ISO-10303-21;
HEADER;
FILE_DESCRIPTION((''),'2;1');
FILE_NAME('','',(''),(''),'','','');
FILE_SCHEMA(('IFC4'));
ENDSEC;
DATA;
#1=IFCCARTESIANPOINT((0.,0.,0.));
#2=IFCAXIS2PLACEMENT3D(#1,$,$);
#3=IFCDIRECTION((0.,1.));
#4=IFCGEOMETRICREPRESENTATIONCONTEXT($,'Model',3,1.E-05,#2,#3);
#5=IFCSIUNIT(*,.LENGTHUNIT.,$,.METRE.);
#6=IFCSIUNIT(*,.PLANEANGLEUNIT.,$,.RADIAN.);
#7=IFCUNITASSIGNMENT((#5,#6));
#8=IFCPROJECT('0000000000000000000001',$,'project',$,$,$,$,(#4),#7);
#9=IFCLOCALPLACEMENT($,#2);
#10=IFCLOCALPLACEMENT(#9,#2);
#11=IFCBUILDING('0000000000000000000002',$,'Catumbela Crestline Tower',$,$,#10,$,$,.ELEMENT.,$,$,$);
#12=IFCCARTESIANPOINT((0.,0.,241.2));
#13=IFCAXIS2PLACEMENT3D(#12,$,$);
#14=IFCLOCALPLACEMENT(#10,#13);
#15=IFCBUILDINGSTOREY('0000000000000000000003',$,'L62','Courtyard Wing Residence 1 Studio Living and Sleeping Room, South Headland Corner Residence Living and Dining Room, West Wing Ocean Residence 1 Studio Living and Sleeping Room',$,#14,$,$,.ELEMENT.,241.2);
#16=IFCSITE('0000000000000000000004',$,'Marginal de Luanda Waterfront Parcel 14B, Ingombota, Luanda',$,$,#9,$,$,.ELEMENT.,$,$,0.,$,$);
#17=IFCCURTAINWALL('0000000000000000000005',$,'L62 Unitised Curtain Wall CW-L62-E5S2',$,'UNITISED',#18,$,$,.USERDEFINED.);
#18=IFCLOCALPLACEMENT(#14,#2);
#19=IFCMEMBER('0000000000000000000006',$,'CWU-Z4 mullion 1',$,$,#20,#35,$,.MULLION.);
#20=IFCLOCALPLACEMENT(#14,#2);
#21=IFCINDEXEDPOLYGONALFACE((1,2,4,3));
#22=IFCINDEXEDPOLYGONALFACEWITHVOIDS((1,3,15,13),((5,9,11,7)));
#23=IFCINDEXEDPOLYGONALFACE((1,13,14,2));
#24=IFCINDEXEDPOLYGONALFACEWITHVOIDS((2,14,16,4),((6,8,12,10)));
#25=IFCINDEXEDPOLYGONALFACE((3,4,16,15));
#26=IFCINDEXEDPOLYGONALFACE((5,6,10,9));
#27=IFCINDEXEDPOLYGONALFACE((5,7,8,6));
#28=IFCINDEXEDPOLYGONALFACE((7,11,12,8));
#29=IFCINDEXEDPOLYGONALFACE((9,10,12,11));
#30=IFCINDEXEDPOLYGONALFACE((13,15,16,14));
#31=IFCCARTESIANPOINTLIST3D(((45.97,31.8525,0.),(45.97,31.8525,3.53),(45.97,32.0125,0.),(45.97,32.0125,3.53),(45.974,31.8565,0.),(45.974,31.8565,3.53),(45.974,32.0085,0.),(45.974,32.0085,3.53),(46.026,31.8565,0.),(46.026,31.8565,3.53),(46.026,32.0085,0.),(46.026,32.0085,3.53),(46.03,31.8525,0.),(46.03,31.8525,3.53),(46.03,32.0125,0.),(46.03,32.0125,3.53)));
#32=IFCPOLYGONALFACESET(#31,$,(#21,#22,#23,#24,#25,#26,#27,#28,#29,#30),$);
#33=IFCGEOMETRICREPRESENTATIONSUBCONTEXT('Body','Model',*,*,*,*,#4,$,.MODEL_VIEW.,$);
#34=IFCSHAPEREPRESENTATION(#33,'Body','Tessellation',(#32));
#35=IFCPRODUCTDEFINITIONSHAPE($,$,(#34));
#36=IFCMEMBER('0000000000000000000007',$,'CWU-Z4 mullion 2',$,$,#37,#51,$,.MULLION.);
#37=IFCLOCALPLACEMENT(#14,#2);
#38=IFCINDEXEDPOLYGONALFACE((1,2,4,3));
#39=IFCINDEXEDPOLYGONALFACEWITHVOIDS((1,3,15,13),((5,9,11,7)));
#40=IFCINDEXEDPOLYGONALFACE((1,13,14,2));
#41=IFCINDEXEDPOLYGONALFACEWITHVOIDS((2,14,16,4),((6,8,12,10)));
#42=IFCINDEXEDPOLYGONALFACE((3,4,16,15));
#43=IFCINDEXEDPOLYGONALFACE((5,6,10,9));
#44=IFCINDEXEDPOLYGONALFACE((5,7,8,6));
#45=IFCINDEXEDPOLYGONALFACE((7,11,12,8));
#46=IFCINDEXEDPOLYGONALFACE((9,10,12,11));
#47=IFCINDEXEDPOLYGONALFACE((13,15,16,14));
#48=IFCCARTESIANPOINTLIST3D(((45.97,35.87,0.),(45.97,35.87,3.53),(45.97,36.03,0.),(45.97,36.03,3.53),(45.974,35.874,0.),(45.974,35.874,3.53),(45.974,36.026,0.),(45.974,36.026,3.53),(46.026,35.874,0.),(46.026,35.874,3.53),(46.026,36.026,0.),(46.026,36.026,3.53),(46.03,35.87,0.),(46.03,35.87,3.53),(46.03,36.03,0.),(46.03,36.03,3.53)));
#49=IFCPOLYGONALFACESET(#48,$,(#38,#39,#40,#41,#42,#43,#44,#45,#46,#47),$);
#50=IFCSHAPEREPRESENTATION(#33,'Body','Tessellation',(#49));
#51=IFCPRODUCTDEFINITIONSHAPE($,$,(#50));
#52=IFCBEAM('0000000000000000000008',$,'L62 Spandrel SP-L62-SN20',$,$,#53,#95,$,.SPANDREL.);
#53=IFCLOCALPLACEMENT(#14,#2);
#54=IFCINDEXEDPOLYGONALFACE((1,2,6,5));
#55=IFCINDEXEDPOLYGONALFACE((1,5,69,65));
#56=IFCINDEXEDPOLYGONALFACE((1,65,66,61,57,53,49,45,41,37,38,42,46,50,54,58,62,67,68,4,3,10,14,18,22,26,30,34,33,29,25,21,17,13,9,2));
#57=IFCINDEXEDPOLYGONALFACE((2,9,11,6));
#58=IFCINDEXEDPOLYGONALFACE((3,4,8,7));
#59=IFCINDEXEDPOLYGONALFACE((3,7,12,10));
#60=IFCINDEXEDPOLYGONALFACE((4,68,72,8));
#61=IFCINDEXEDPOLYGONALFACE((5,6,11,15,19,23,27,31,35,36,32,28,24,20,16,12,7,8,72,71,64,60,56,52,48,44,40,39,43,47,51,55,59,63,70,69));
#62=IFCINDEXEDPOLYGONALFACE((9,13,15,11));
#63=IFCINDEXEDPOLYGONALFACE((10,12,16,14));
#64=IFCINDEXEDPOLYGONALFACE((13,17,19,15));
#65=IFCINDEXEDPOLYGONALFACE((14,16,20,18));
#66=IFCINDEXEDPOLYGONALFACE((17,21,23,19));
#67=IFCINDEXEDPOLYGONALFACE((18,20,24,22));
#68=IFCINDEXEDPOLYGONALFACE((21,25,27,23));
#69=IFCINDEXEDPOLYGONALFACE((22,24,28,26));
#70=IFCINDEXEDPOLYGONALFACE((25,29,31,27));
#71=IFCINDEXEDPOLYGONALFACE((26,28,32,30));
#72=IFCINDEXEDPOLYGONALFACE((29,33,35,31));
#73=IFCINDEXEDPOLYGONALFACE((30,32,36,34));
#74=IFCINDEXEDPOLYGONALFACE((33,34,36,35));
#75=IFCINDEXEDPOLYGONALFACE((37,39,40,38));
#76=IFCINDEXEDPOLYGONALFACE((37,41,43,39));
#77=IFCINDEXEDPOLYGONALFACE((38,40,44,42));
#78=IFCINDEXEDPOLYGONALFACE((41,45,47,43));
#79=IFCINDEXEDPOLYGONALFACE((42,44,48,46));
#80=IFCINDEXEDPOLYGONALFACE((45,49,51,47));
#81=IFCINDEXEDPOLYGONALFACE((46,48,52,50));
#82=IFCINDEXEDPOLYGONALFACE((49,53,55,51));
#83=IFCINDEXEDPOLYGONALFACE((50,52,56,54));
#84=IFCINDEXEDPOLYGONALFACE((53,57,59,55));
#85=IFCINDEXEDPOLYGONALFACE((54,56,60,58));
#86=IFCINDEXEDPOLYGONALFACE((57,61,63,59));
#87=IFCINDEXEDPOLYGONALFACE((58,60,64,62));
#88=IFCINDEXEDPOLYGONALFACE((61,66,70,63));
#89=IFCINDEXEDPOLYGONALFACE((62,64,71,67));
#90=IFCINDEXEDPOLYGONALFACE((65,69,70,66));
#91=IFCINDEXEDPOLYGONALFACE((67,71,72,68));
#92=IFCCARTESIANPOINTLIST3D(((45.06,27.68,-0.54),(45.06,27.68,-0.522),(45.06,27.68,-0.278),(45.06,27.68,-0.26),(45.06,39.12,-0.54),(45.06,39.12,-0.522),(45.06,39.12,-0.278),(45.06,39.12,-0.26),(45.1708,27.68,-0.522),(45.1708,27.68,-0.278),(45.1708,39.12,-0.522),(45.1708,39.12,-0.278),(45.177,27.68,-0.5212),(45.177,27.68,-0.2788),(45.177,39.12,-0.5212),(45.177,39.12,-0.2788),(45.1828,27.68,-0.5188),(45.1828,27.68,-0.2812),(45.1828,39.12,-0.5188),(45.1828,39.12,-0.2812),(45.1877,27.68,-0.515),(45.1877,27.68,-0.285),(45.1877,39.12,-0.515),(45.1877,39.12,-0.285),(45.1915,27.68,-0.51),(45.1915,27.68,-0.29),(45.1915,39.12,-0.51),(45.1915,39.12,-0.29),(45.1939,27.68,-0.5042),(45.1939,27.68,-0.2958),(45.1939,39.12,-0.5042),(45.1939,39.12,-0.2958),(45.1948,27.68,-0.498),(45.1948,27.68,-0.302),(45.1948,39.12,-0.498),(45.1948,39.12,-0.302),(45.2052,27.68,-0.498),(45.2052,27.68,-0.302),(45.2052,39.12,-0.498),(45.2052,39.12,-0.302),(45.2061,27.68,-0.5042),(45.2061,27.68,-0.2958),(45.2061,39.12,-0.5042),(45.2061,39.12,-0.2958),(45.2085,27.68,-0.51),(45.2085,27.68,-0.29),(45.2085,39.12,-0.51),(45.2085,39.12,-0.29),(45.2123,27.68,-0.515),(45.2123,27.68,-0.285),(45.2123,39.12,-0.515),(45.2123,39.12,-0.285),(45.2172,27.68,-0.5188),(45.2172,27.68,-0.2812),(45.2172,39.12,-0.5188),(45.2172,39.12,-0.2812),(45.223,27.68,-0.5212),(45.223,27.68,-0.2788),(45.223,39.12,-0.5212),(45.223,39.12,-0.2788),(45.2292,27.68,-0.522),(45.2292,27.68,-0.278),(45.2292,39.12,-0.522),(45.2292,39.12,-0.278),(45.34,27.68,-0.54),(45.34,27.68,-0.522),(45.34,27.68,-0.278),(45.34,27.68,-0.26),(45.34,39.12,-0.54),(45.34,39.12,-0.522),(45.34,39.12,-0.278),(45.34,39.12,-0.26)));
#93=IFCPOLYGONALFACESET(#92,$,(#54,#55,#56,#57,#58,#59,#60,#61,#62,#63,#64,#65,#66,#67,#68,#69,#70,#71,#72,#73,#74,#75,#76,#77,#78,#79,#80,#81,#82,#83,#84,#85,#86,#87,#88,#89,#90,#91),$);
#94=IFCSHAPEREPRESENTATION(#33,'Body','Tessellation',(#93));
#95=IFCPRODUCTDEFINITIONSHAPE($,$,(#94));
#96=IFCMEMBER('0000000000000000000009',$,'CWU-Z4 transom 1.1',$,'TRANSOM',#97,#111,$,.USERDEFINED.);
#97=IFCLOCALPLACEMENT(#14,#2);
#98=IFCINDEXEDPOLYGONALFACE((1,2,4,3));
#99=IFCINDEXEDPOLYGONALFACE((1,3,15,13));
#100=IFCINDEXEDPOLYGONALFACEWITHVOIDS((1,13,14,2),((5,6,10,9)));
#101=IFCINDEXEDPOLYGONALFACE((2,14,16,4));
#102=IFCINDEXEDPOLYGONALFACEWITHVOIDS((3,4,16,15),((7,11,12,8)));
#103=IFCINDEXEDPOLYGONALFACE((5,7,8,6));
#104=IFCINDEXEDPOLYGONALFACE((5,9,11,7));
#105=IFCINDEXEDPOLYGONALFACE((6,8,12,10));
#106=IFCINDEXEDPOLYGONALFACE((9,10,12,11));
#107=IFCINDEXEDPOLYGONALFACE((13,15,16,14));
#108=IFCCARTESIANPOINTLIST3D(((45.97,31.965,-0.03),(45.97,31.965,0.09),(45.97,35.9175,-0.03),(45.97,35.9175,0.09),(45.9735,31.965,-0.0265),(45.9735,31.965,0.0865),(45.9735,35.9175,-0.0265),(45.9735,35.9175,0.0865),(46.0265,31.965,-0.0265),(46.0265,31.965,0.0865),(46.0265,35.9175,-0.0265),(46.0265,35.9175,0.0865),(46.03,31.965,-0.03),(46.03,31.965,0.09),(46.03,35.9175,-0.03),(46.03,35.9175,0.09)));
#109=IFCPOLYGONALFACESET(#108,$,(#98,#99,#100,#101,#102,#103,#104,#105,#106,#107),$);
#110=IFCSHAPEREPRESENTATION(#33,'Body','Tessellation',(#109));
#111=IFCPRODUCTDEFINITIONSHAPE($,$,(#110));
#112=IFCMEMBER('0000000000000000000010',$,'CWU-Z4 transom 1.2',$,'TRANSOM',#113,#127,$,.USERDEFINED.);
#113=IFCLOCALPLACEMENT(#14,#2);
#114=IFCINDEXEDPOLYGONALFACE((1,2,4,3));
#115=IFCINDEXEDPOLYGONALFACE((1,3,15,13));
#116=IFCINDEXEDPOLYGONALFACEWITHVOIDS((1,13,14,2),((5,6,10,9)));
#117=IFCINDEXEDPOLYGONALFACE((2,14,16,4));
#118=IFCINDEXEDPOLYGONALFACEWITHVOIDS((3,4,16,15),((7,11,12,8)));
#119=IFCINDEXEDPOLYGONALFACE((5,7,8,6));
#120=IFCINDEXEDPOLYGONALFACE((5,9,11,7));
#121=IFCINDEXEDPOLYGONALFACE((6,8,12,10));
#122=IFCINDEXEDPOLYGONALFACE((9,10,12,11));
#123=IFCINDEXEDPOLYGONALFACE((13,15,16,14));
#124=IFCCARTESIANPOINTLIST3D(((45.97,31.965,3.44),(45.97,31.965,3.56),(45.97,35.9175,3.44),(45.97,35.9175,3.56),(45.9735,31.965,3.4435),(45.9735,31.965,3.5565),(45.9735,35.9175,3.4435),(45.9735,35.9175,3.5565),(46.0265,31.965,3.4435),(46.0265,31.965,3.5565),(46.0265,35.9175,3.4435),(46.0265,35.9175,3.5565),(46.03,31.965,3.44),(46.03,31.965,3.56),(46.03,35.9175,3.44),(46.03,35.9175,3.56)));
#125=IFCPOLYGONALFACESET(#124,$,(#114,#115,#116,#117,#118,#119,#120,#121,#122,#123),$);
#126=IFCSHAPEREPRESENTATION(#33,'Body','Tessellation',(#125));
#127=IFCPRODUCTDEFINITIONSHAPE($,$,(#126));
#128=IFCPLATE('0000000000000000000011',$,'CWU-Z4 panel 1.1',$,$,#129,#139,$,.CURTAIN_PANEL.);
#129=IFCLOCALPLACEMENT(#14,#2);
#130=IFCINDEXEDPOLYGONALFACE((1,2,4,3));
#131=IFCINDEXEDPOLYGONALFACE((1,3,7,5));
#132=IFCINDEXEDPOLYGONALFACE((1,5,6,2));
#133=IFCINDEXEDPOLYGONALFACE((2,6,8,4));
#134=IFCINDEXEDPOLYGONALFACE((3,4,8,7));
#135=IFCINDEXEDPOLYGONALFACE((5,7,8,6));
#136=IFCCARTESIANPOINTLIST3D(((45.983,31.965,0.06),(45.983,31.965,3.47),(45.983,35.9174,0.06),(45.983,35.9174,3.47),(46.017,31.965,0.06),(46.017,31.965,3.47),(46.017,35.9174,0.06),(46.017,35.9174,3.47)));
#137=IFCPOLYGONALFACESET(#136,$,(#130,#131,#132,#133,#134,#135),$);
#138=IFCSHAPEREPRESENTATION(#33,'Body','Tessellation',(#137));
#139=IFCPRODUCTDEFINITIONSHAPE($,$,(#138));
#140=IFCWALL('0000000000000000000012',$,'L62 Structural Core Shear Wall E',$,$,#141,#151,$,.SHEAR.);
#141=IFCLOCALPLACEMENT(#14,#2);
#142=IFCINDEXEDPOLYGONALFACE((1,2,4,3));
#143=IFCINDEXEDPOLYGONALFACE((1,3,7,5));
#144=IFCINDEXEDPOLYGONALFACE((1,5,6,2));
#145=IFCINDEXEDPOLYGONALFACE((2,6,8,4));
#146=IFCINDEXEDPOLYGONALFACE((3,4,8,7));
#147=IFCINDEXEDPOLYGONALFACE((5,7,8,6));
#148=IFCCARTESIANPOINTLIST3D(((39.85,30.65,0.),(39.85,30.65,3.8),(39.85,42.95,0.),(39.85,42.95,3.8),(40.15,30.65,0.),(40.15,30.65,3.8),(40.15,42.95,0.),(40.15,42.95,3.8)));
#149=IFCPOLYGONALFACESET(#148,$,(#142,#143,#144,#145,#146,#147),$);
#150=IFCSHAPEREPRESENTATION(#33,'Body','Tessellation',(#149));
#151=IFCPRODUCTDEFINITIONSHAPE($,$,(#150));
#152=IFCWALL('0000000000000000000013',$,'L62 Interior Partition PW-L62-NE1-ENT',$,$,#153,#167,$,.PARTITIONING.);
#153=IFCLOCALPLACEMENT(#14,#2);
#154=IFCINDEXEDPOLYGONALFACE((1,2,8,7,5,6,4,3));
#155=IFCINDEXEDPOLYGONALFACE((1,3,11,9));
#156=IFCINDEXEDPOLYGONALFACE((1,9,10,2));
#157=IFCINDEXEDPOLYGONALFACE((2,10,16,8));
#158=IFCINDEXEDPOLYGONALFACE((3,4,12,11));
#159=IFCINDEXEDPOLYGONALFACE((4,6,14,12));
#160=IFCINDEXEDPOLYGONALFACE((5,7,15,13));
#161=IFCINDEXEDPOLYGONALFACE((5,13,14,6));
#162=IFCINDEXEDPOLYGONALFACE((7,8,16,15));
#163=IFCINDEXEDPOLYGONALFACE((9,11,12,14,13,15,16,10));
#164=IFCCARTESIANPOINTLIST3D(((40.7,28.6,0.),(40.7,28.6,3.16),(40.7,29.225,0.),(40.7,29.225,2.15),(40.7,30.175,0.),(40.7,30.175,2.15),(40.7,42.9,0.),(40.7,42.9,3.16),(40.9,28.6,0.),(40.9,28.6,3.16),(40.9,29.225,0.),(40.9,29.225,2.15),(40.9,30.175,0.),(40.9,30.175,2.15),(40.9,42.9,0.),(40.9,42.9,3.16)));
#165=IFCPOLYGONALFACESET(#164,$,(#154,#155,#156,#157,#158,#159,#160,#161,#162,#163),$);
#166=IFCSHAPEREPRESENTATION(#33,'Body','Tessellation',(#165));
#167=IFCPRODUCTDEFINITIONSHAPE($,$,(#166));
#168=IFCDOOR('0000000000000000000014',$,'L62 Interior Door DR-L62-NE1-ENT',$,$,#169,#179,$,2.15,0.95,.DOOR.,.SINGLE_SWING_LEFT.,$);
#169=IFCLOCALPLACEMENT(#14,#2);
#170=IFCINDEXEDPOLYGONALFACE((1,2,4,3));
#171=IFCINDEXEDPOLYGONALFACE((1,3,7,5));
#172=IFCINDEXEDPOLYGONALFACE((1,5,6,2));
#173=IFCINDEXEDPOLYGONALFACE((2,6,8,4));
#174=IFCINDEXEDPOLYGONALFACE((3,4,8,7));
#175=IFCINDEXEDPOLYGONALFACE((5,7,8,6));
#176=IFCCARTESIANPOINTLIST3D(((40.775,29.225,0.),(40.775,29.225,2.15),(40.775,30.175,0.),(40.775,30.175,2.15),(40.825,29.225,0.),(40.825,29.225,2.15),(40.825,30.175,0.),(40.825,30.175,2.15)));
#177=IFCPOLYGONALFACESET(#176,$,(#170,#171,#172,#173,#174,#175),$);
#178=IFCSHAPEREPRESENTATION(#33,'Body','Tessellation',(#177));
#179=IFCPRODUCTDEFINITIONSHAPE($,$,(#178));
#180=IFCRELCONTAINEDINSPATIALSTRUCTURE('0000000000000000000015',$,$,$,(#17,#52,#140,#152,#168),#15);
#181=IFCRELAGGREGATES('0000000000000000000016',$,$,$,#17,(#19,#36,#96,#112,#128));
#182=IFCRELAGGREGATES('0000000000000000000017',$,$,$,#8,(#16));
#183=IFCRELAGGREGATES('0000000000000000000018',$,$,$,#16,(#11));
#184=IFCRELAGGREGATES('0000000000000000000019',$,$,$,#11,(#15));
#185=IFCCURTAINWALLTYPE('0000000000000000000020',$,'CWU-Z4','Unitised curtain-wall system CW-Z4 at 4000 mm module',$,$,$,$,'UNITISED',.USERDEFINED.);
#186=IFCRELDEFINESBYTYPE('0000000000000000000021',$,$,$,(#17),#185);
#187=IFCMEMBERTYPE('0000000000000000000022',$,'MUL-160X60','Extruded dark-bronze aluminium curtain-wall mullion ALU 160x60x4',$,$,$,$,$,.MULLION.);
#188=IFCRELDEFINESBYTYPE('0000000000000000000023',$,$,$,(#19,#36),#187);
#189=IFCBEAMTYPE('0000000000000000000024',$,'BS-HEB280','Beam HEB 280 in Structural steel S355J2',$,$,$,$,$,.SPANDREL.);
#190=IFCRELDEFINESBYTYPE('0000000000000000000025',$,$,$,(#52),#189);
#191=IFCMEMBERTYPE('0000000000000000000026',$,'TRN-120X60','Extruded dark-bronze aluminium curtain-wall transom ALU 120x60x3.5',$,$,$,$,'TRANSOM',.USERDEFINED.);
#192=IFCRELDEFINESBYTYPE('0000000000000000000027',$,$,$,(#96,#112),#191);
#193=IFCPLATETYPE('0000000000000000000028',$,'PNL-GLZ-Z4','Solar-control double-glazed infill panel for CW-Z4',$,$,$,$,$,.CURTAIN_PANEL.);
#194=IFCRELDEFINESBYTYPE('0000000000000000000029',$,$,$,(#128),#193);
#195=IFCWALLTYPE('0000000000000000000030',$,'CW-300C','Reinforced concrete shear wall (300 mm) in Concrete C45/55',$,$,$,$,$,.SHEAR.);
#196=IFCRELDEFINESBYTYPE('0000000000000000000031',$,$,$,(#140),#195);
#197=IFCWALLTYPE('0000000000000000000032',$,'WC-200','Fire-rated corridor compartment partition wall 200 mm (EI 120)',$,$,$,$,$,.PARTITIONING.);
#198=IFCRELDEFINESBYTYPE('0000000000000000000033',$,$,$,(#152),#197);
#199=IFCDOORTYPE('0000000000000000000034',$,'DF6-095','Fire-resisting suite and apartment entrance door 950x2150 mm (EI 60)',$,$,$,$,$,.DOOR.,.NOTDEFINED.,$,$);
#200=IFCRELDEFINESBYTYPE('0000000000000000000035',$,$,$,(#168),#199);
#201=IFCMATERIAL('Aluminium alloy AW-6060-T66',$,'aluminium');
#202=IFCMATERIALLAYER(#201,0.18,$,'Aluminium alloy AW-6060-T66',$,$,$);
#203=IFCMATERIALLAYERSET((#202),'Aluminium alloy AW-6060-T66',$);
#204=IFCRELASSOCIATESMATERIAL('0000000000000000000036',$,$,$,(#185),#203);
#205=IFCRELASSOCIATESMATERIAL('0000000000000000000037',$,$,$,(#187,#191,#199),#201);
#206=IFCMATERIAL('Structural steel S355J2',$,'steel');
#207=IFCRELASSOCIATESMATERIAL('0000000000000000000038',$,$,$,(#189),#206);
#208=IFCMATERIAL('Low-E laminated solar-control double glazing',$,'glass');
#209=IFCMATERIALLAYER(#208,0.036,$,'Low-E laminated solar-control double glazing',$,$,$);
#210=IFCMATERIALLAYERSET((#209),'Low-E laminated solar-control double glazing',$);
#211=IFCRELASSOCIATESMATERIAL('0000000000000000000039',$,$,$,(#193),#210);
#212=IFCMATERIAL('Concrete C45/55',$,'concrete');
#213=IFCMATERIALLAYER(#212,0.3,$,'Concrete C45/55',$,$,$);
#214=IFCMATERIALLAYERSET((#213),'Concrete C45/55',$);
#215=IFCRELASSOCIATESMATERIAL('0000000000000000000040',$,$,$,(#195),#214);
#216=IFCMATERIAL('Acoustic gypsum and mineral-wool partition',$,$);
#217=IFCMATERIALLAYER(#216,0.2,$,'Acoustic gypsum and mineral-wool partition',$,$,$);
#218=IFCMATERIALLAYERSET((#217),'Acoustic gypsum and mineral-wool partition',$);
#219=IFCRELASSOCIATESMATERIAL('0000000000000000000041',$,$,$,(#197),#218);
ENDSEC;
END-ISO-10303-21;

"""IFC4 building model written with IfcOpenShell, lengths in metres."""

from ifc_helpers import new_model, si_unit, direction, frame, frame_2d, origin, origin_2d, place, context, subcontext, project, spatial, rectangle, hollow_rectangle, i_section, extrude, material, layer, layer_set, material_profile, profile_set, type_object, element, fill, aggregate, save


model = new_model("IFC4")

# Units and contexts
model_context = context("Model", 3, precision=1e-05, world=origin(), true_north=direction((0.0, 1.0)))
body_context = subcontext(model_context, "Body", "Model", "MODEL_VIEW")
ifc_project = project(units=[si_unit("LENGTHUNIT", "METRE"), si_unit("PLANEANGLEUNIT", "RADIAN")], contexts=[model_context])

# Site, building, storey
site_placement = place(None, origin())
site = spatial("IfcSite", under=ifc_project, at=site_placement, Name="Marginal de Luanda Waterfront Parcel 14B, Ingombota, Luanda", CompositionType="ELEMENT", RefElevation=0.0)
building_placement = place(site_placement, origin())
building = spatial("IfcBuilding", under=site, at=building_placement, Name="Catumbela Crestline Tower", CompositionType="ELEMENT")
storey_placement = place(building_placement, frame((0.0, 0.0, 241.2)))
storey = spatial("IfcBuildingStorey", under=building, at=storey_placement, Name="L62", Description="Courtyard Wing Residence 1 Studio Living and Sleeping Room, South Headland Corner Residence Living and Dining Room, West Wing Ocean Residence 1 Studio Living and Sleeping Room", CompositionType="ELEMENT", Elevation=241.2)

# Shared definitions
ifc_material_1 = material(Name="Structural steel S355J2", Category="steel")

# Curtain wall, members
ifc_material_2 = material(Name="Aluminium alloy AW-6060-T66", Category="aluminium")
ifc_layer_1 = layer(ifc_material_2, 0.18, Name="Aluminium alloy AW-6060-T66")
ifc_layer_set_1 = layer_set([ifc_layer_1], Name="Aluminium alloy AW-6060-T66")
curtain_wall_type = type_object("IfcCurtainWallType", Name="CWU-Z4", Description="Unitised curtain-wall system CW-Z4 at 4000 mm module", ElementType="UNITISED", PredefinedType="USERDEFINED", material=ifc_layer_set_1)
curtain_wall_placement = place(storey_placement, origin())
curtain_wall = element("IfcCurtainWall", 1, at=curtain_wall_placement, inside=storey, type_object=curtain_wall_type, Name="L62 Unitised Curtain Wall CW-L62-E5S2", ObjectType="UNITISED", PredefinedType="USERDEFINED")
ifc_material_profile_1 = material_profile(ifc_material_2, hollow_rectangle(XDim=0.06, YDim=0.16, WallThickness=0.004, at=origin_2d()), Name="ALU 160x60x4")
ifc_profile_set_1 = profile_set([ifc_material_profile_1], Name="Aluminium alloy AW-6060-T66")
member_type_1 = type_object("IfcMemberType", Name="MUL-160X60", Description="Extruded dark-bronze aluminium curtain-wall mullion ALU 160x60x4", PredefinedType="MULLION", material=ifc_profile_set_1)
member_1_placement = place(storey_placement, frame((46.0, 31.9325, 0.0), z_axis=(0.0, 0.0, 1.0), x_axis=(-1.0, 0.0, 0.0)))
member_1 = element("IfcMember", 2, at=member_1_placement, type_object=member_type_1, Name="CWU-Z4 mullion 1", PredefinedType="MULLION", context=body_context, shape_type="SweptSolid", body=[
    extrude(hollow_rectangle(XDim=0.06, YDim=0.16, WallThickness=0.004, at=origin_2d()), origin(), (0.0, 0.0, 1.0), 3.53),
])
member_2_placement = place(storey_placement, frame((46.0, 35.95, 0.0), z_axis=(0.0, 0.0, 1.0), x_axis=(-1.0, 0.0, 0.0)))
member_2 = element("IfcMember", 3, at=member_2_placement, type_object=member_type_1, Name="CWU-Z4 mullion 2", PredefinedType="MULLION", context=body_context, shape_type="SweptSolid", body=[
    extrude(hollow_rectangle(XDim=0.06, YDim=0.16, WallThickness=0.004, at=origin_2d()), origin(), (0.0, 0.0, 1.0), 3.53),
])

# Beam
ifc_material_profile_2 = material_profile(ifc_material_1, i_section(OverallWidth=0.28, OverallDepth=0.28, WebThickness=0.0105, FlangeThickness=0.018, FilletRadius=0.024, at=origin_2d()), Name="HEB 280")
ifc_profile_set_2 = profile_set([ifc_material_profile_2], Name="Structural steel S355J2")
beam_type_1 = type_object("IfcBeamType", Name="BS-HEB280", Description="Beam HEB 280 in Structural steel S355J2", PredefinedType="SPANDREL", material=ifc_profile_set_2)
beam_1_placement = place(storey_placement, frame((45.2, 27.68, -0.4), z_axis=(0.0, 1.0, 0.0), x_axis=(-1.0, 0.0, 0.0)))
element("IfcBeam", 4, at=beam_1_placement, inside=storey, type_object=beam_type_1, Name="L62 Spandrel SP-L62-SN20", PredefinedType="SPANDREL", context=body_context, shape_type="SweptSolid", body=[
    extrude(i_section(OverallWidth=0.28, OverallDepth=0.28, WebThickness=0.0105, FlangeThickness=0.018, FilletRadius=0.024, at=origin_2d()), origin(), (0.0, 0.0, 1.0), 11.44),
])

# Members
ifc_material_profile_3 = material_profile(ifc_material_2, hollow_rectangle(XDim=0.06, YDim=0.12, WallThickness=0.0035, at=origin_2d()), Name="ALU 120x60x3.5")
ifc_profile_set_3 = profile_set([ifc_material_profile_3], Name="Aluminium alloy AW-6060-T66")
member_type_2 = type_object("IfcMemberType", Name="TRN-120X60", Description="Extruded dark-bronze aluminium curtain-wall transom ALU 120x60x3.5", ElementType="TRANSOM", PredefinedType="USERDEFINED", material=ifc_profile_set_3)
member_3_placement = place(storey_placement, frame((46.0, 31.965, 0.03), z_axis=(0.0, 1.0, 0.0), x_axis=(-1.0, 0.0, 0.0)))
member_3 = element("IfcMember", 5, at=member_3_placement, type_object=member_type_2, Name="CWU-Z4 transom 1.1", ObjectType="TRANSOM", PredefinedType="USERDEFINED", context=body_context, shape_type="SweptSolid", body=[
    extrude(hollow_rectangle(XDim=0.06, YDim=0.12, WallThickness=0.0035, at=origin_2d()), origin(), (0.0, 0.0, 1.0), 3.9525),
])
member_4_placement = place(storey_placement, frame((46.0, 31.965, 3.5), z_axis=(0.0, 1.0, 0.0), x_axis=(-1.0, 0.0, 0.0)))
member_4 = element("IfcMember", 6, at=member_4_placement, type_object=member_type_2, Name="CWU-Z4 transom 1.2", ObjectType="TRANSOM", PredefinedType="USERDEFINED", context=body_context, shape_type="SweptSolid", body=[
    extrude(hollow_rectangle(XDim=0.06, YDim=0.12, WallThickness=0.0035, at=origin_2d()), origin(), (0.0, 0.0, 1.0), 3.9525),
])

# Plate
ifc_material_3 = material(Name="Low-E laminated solar-control double glazing", Category="glass")
ifc_layer_2 = layer(ifc_material_3, 0.036, Name="Low-E laminated solar-control double glazing")
ifc_layer_set_2 = layer_set([ifc_layer_2], Name="Low-E laminated solar-control double glazing")
plate_type = type_object("IfcPlateType", Name="PNL-GLZ-Z4", Description="Solar-control double-glazed infill panel for CW-Z4", PredefinedType="CURTAIN_PANEL", material=ifc_layer_set_2)
plate_placement = place(storey_placement, frame((46.0, 33.9412, 0.06), z_axis=(0.0, 0.0, 1.0), x_axis=(0.0, 1.0, 0.0)))
plate = element("IfcPlate", 7, at=plate_placement, type_object=plate_type, Name="CWU-Z4 panel 1.1", PredefinedType="CURTAIN_PANEL", context=body_context, shape_type="SweptSolid", body=[
    extrude(rectangle(XDim=3.9525, YDim=0.034, at=origin_2d()), origin(), (0.0, 0.0, 1.0), 3.41),
])
aggregate(curtain_wall, [member_1, member_2, member_3, member_4, plate])

# Wall
ifc_material_4 = material(Name="Concrete C45/55", Category="concrete")
ifc_layer_3 = layer(ifc_material_4, 0.3, Name="Concrete C45/55")
ifc_layer_set_3 = layer_set([ifc_layer_3], Name="Concrete C45/55")
wall_type_1 = type_object("IfcWallType", Name="CW-300C", Description="Reinforced concrete shear wall (300 mm) in Concrete C45/55", PredefinedType="SHEAR", material=ifc_layer_set_3)
wall_1_placement = place(storey_placement, frame((40.0, 30.65, 0.0), z_axis=(0.0, 0.0, 1.0), x_axis=(0.0, 1.0, 0.0)))
element("IfcWall", 8, at=wall_1_placement, inside=storey, type_object=wall_type_1, Name="L62 Structural Core Shear Wall E", PredefinedType="SHEAR", context=body_context, shape_type="SweptSolid", body=[
    extrude(rectangle(XDim=12.3, YDim=0.3, at=frame_2d((6.15, 0.0))), origin(), (0.0, 0.0, 1.0), 3.8),
])

# Wall, opening, door
ifc_material_5 = material(Name="Acoustic gypsum and mineral-wool partition")
ifc_layer_4 = layer(ifc_material_5, 0.2, Name="Acoustic gypsum and mineral-wool partition")
ifc_layer_set_4 = layer_set([ifc_layer_4], Name="Acoustic gypsum and mineral-wool partition")
wall_type_2 = type_object("IfcWallType", Name="WC-200", Description="Fire-rated corridor compartment partition wall 200 mm (EI 120)", PredefinedType="PARTITIONING", material=ifc_layer_set_4)
wall_2_placement = place(storey_placement, frame((40.8, 28.6, 0.0), z_axis=(0.0, 0.0, 1.0), x_axis=(0.0, 1.0, 0.0)))
wall_2 = element("IfcWall", 9, at=wall_2_placement, inside=storey, type_object=wall_type_2, Name="L62 Interior Partition PW-L62-NE1-ENT", PredefinedType="PARTITIONING", context=body_context, shape_type="SweptSolid", body=[
    extrude(rectangle(XDim=14.3, YDim=0.2, at=frame_2d((7.15, 0.0))), origin(), (0.0, 0.0, 1.0), 3.16),
])
opening_1_placement = place(wall_2_placement, frame((0.625, 0.0, 0.0)))
opening_1 = element("IfcOpeningElement", 10, at=opening_1_placement, cuts=wall_2, PredefinedType="OPENING", context=body_context, shape_type="SweptSolid", body=[
    extrude(rectangle(XDim=0.95, YDim=2.15, at=frame_2d((0.475, 1.075))), frame((0.0, 0.11, 0.0), z_axis=(0.0, -1.0, 0.0), x_axis=(1.0, 0.0, 0.0)), (0.0, 0.0, 1.0), 0.22),
])
door_type_1 = type_object("IfcDoorType", Name="DF6-095", Description="Fire-resisting suite and apartment entrance door 950x2150 mm (EI 60)", OperationType="NOTDEFINED", PredefinedType="DOOR", material=ifc_material_2)
door_1_placement = place(opening_1_placement, origin())
door_1 = element("IfcDoor", 11, at=door_1_placement, inside=storey, type_object=door_type_1, Name="L62 Interior Door DR-L62-NE1-ENT", OperationType="SINGLE_SWING_LEFT", OverallHeight=2.15, OverallWidth=0.95, PredefinedType="DOOR", context=body_context, shape_type="SweptSolid", body=[
    extrude(rectangle(XDim=0.95, YDim=2.15, at=frame_2d((0.475, 1.075))), frame((0.0, 0.025, 0.0), z_axis=(0.0, -1.0, 0.0), x_axis=(1.0, 0.0, 0.0)), (0.0, 0.0, 1.0), 0.05),
])
fill(opening_1, door_1)

save(model, "model.ifc")
